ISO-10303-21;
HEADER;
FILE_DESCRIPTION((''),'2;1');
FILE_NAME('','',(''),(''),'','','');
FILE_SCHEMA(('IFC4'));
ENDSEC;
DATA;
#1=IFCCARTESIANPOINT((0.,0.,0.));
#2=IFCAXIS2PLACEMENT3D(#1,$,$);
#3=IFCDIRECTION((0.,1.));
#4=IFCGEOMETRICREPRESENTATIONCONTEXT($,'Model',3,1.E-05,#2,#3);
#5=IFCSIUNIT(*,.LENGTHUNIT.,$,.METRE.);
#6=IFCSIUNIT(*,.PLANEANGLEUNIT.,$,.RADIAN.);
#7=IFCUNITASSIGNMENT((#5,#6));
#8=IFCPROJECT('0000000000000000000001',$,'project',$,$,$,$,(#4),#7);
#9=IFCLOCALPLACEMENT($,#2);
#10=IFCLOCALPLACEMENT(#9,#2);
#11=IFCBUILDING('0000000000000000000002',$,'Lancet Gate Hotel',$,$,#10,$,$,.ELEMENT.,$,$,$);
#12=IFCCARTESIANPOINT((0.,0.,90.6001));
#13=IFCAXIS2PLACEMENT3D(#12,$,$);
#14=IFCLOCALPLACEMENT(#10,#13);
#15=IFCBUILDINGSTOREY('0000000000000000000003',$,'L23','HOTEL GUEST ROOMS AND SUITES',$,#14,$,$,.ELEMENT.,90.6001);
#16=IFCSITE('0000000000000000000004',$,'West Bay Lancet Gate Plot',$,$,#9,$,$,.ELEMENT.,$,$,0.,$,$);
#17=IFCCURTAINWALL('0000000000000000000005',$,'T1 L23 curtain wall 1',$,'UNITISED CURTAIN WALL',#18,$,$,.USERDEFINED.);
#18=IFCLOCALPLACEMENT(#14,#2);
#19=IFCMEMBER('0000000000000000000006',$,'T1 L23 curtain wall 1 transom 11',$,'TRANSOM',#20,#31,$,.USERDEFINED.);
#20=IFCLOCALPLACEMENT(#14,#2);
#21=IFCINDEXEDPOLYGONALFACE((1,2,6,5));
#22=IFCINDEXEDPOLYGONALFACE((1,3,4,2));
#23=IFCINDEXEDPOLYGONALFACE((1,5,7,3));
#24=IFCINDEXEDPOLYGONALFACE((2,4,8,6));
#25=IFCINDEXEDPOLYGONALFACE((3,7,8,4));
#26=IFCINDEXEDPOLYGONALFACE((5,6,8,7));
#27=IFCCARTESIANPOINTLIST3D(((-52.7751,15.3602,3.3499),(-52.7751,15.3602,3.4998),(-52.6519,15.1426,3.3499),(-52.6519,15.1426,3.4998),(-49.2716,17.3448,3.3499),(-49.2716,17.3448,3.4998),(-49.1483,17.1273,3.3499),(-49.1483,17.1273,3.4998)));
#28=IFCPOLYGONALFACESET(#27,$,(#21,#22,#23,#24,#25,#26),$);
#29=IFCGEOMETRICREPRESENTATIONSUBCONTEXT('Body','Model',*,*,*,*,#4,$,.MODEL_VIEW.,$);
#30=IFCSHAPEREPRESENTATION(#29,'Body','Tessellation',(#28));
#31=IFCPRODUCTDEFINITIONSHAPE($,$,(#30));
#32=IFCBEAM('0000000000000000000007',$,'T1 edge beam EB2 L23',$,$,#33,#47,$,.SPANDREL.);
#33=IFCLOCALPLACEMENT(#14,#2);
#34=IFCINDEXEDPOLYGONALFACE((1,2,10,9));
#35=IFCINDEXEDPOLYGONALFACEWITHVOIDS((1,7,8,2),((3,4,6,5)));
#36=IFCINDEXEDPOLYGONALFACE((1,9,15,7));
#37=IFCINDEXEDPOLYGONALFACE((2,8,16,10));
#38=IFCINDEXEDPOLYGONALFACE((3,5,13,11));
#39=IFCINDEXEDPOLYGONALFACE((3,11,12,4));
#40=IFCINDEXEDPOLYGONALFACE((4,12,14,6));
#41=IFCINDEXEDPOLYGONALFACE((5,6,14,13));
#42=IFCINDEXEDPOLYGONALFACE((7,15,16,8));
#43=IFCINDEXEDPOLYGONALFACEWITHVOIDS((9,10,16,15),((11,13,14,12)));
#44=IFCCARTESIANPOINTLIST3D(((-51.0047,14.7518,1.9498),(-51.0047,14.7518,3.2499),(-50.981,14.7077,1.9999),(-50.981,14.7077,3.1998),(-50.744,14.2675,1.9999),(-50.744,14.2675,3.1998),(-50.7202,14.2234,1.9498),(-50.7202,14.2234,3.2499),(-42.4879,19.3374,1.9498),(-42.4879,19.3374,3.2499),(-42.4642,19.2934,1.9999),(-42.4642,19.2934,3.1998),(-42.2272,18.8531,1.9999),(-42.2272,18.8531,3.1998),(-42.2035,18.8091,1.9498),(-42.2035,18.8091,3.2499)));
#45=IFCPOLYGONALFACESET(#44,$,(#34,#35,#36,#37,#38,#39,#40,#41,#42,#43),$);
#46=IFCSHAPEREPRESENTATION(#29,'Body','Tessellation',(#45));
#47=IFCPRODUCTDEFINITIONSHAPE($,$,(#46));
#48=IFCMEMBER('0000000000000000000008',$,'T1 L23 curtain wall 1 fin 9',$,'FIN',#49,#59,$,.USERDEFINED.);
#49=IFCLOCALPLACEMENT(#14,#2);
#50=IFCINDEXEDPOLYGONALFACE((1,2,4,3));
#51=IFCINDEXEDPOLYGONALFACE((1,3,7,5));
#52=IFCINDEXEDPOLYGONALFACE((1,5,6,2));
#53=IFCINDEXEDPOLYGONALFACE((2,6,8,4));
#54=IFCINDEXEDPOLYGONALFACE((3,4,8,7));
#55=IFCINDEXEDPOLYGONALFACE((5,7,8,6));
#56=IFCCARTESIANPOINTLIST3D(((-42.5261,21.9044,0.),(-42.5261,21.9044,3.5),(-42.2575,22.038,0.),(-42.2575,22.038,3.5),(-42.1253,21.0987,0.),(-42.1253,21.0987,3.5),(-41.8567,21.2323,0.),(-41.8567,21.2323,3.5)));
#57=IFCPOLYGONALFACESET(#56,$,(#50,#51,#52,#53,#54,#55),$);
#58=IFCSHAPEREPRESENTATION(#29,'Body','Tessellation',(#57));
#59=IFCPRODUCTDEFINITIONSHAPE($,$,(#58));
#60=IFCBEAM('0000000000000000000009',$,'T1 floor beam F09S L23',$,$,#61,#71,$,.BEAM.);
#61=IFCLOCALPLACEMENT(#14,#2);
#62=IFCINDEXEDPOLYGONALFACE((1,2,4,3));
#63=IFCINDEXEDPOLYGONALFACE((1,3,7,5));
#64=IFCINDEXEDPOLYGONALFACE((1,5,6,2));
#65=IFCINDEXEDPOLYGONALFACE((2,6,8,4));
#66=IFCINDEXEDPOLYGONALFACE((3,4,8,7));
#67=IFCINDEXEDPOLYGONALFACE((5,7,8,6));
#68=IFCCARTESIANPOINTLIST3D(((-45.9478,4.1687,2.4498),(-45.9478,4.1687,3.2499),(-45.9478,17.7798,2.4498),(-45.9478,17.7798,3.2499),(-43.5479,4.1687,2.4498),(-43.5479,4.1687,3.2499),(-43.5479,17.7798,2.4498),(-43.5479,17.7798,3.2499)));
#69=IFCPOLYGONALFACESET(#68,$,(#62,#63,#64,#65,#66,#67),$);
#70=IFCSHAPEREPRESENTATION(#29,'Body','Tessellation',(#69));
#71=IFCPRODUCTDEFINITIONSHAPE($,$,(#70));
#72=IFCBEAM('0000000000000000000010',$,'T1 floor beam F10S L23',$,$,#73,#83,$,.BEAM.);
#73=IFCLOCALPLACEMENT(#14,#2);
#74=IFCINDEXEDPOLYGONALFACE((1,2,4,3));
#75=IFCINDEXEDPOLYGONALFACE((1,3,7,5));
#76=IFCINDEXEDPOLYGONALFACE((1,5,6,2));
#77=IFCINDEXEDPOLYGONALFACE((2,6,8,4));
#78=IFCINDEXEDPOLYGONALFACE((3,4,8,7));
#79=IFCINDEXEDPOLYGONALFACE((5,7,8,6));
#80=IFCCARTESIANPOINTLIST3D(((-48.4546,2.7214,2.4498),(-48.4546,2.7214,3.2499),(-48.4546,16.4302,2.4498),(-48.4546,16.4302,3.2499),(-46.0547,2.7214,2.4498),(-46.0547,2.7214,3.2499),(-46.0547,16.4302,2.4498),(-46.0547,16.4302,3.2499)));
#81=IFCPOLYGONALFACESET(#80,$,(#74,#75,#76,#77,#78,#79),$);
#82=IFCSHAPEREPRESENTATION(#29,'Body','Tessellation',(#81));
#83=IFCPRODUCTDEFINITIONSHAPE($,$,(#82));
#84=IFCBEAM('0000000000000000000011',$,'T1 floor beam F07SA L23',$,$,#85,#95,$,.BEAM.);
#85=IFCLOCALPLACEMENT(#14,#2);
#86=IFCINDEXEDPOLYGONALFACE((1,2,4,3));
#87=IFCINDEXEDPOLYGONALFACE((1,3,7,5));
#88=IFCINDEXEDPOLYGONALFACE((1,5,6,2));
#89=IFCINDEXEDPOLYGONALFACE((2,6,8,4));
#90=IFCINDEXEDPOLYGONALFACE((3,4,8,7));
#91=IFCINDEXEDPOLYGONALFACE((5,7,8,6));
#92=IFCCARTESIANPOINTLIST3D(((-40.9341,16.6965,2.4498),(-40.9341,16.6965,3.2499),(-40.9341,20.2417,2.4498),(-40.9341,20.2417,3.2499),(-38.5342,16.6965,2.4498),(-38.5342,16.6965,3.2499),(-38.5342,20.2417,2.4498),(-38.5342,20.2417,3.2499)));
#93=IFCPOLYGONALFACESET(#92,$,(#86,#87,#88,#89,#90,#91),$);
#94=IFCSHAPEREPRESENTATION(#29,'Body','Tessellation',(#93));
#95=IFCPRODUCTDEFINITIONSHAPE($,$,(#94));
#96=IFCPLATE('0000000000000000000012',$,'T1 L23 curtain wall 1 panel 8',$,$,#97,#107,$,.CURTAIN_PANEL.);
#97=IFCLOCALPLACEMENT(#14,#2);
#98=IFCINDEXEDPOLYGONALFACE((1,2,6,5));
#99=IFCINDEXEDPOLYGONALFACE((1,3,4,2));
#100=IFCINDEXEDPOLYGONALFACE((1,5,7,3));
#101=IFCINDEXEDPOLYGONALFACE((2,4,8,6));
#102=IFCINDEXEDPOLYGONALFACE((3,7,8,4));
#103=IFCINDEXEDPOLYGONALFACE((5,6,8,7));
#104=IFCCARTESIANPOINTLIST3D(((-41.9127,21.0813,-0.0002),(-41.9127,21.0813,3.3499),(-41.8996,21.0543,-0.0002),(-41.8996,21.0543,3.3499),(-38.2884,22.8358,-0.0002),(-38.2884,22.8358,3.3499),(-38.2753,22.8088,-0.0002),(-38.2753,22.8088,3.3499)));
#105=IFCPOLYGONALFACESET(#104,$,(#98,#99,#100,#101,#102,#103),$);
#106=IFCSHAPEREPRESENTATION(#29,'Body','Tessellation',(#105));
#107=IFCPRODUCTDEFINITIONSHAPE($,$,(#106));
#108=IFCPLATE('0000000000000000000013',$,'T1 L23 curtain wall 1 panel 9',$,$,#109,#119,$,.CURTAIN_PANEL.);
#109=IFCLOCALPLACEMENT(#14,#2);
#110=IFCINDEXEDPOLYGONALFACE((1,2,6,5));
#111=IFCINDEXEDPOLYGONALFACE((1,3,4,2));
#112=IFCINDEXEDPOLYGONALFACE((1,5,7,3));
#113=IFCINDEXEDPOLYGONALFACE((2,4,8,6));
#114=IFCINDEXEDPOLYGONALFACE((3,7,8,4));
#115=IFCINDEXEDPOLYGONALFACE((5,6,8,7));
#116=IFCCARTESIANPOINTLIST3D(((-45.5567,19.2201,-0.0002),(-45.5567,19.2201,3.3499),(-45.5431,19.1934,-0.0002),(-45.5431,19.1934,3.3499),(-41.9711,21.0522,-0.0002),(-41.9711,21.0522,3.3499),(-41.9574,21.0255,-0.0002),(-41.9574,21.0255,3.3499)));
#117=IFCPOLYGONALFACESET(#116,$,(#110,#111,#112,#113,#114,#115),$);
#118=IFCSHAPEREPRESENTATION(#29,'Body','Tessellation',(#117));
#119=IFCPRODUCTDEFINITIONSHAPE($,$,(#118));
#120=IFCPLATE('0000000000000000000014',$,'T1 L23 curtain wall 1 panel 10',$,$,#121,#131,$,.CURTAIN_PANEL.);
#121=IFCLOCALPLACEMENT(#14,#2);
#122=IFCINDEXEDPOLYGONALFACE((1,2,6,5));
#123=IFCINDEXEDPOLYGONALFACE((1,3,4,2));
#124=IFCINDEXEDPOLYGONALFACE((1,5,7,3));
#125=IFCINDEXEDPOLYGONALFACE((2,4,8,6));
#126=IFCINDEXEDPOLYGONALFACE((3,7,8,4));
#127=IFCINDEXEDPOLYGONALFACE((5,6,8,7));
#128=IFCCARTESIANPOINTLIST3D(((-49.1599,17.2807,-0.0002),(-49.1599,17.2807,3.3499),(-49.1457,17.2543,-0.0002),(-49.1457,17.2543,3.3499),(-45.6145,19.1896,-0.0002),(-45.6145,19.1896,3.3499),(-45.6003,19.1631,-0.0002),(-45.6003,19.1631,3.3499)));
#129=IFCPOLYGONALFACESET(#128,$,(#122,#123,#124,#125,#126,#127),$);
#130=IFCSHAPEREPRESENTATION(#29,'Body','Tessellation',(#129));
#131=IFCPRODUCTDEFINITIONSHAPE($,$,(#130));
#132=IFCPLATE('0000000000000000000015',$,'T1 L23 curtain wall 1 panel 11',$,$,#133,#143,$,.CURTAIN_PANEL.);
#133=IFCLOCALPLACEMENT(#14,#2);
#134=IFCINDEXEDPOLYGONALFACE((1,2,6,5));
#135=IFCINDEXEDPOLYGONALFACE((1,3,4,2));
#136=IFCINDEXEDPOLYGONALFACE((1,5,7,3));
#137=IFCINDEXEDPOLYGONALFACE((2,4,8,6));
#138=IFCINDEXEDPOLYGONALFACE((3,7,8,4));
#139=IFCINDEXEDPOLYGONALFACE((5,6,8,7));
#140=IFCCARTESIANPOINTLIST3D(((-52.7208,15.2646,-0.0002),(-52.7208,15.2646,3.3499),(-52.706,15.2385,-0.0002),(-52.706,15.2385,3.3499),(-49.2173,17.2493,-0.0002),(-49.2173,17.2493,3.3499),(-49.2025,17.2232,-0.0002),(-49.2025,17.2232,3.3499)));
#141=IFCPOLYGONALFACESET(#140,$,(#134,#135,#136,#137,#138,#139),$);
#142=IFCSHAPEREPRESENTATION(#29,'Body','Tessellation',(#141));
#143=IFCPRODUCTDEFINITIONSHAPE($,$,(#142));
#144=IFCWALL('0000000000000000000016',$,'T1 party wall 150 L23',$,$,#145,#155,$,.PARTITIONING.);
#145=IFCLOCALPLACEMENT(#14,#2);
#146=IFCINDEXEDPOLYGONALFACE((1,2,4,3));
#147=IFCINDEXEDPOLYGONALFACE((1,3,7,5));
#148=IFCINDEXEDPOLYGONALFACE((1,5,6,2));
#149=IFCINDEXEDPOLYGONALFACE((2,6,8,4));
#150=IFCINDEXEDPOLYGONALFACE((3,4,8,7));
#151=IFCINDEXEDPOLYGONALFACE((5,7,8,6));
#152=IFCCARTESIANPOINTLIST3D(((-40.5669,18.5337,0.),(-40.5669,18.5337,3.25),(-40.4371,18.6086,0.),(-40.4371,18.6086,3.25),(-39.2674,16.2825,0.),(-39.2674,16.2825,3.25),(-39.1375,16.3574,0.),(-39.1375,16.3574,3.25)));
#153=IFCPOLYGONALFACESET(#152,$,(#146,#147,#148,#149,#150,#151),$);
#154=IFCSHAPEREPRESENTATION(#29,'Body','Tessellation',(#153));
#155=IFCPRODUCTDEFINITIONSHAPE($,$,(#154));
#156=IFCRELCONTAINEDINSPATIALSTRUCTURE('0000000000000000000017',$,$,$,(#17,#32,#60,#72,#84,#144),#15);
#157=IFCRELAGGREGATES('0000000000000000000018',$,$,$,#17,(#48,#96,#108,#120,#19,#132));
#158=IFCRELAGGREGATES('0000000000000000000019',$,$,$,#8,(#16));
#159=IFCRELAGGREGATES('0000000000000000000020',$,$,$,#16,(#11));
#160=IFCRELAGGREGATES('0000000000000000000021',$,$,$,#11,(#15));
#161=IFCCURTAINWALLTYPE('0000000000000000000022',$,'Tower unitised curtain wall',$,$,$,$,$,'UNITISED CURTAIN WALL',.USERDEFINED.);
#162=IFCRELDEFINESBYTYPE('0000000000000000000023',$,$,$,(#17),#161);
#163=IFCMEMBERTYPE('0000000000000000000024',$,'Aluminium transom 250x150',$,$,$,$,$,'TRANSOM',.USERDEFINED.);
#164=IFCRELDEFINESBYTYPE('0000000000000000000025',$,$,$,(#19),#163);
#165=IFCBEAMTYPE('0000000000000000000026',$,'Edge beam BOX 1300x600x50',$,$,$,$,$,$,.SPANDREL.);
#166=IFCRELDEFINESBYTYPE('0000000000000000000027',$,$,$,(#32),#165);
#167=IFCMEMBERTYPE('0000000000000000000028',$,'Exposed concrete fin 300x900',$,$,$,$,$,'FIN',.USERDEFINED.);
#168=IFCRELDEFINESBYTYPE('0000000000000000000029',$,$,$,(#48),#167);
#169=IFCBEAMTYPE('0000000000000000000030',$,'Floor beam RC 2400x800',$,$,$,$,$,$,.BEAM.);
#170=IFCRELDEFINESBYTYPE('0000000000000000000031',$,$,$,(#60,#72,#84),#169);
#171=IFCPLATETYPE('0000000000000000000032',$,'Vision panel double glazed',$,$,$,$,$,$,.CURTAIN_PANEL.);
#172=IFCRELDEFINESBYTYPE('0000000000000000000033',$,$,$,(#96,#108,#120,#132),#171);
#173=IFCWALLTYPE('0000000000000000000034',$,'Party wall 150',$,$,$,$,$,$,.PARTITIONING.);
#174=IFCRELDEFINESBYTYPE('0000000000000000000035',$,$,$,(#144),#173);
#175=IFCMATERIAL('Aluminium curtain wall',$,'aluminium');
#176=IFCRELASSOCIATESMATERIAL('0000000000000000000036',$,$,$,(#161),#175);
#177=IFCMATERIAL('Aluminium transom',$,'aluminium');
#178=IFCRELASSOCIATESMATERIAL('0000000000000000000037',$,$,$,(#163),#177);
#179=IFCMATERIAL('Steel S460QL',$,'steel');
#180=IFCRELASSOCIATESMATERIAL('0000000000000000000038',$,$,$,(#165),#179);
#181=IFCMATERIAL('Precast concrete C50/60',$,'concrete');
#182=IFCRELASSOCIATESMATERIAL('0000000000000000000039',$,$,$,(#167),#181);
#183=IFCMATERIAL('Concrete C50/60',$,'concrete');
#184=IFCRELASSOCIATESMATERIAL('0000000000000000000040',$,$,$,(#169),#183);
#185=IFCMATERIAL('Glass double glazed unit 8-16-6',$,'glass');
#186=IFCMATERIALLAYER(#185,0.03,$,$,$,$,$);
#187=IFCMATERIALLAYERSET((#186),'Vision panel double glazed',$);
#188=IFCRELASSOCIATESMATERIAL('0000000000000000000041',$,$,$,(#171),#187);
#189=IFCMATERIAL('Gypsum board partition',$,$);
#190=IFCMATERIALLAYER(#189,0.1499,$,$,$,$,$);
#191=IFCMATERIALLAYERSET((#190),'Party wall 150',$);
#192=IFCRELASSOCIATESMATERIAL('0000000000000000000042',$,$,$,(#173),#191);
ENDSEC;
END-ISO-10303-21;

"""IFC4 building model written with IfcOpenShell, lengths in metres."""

from ifc_helpers import new_model, si_unit, direction, frame, frame_2d, origin, origin_2d, place, context, subcontext, project, spatial, rectangle, hollow_rectangle, extrude, material, layer, layer_set, material_profile, profile_set, type_object, element, aggregate, save


model = new_model("IFC4")

# Units and contexts
model_context = context("Model", 3, precision=1e-05, world=origin(), true_north=direction((0.0, 1.0)))
body_context = subcontext(model_context, "Body", "Model", "MODEL_VIEW")
ifc_project = project(units=[si_unit("LENGTHUNIT", "METRE"), si_unit("PLANEANGLEUNIT", "RADIAN")], contexts=[model_context])

# Site, building, storey
site_placement = place(None, origin())
site = spatial("IfcSite", under=ifc_project, at=site_placement, Name="West Bay Lancet Gate Plot", CompositionType="ELEMENT", RefElevation=0.0)
building_placement = place(site_placement, origin())
building = spatial("IfcBuilding", under=site, at=building_placement, Name="Lancet Gate Hotel", CompositionType="ELEMENT")
storey_placement = place(building_placement, frame((0.0, 0.0, 90.6001)))
storey = spatial("IfcBuildingStorey", under=building, at=storey_placement, Name="L23", Description="HOTEL GUEST ROOMS AND SUITES", CompositionType="ELEMENT", Elevation=90.6001)

# Curtain wall, member
ifc_material_1 = material(Name="Aluminium curtain wall", Category="aluminium")
curtain_wall_type = type_object("IfcCurtainWallType", Name="Tower unitised curtain wall", ElementType="UNITISED CURTAIN WALL", PredefinedType="USERDEFINED", material=ifc_material_1)
curtain_wall_placement = place(storey_placement, origin())
curtain_wall = element("IfcCurtainWall", 1, at=curtain_wall_placement, inside=storey, type_object=curtain_wall_type, Name="T1 L23 curtain wall 1", ObjectType="UNITISED CURTAIN WALL", PredefinedType="USERDEFINED")
ifc_material_2 = material(Name="Aluminium transom", Category="aluminium")
ifc_material_profile_1 = material_profile(ifc_material_2, rectangle(XDim=0.25, YDim=0.1499, at=origin_2d()), Name="TRANSOM 250x150")
ifc_profile_set_1 = profile_set([ifc_material_profile_1], Name="Aluminium transom")
member_type_1 = type_object("IfcMemberType", Name="Aluminium transom 250x150", ElementType="TRANSOM", PredefinedType="USERDEFINED", material=ifc_profile_set_1)
member_1_placement = place(storey_placement, frame((-49.21, 17.2361, 3.4248), z_axis=(-0.870092, -0.49289, 0.0), x_axis=(0.49289, -0.870092, 0.0)))
member_1 = element("IfcMember", 2, at=member_1_placement, type_object=member_type_1, Name="T1 L23 curtain wall 1 transom 11", ObjectType="TRANSOM", PredefinedType="USERDEFINED", context=body_context, shape_type="SweptSolid", body=[
    extrude(rectangle(XDim=0.25, YDim=0.1499, at=origin_2d()), origin(), (0.0, 0.0, 1.0), 4.0266),
])

# Beam
ifc_material_3 = material(Name="Steel S460QL", Category="steel")
ifc_material_profile_2 = material_profile(ifc_material_3, hollow_rectangle(XDim=0.6001, YDim=1.3, WallThickness=0.05, at=origin_2d()), Name="BOX 1300x600x50")
ifc_profile_set_2 = profile_set([ifc_material_profile_2], Name="Steel S460QL")
beam_type_1 = type_object("IfcBeamType", Name="Edge beam BOX 1300x600x50", PredefinedType="SPANDREL", material=ifc_profile_set_2)
beam_1_placement = place(storey_placement, frame((-42.3457, 19.0732, 2.5999), z_axis=(-0.880484, -0.474076, 0.0), x_axis=(0.474076, -0.880484, 0.0)))
element("IfcBeam", 3, at=beam_1_placement, inside=storey, type_object=beam_type_1, Name="T1 edge beam EB2 L23", PredefinedType="SPANDREL", context=body_context, shape_type="SweptSolid", body=[
    extrude(hollow_rectangle(XDim=0.6001, YDim=1.3, WallThickness=0.05, at=origin_2d()), origin(), (0.0, 0.0, 1.0), 9.6729),
])

# Member
ifc_material_4 = material(Name="Precast concrete C50/60", Category="concrete")
ifc_material_profile_3 = material_profile(ifc_material_4, rectangle(XDim=0.3, YDim=0.8999, at=origin_2d()), Name="FIN 300x900")
ifc_profile_set_3 = profile_set([ifc_material_profile_3], Name="Precast concrete C50/60")
member_type_2 = type_object("IfcMemberType", Name="Exposed concrete fin 300x900", ElementType="FIN", PredefinedType="USERDEFINED", material=ifc_profile_set_3)
member_2_placement = place(storey_placement, frame((-42.1914, 21.5684, 0.0), z_axis=(0.0, 0.0, 1.0), x_axis=(-0.895339, -0.445384, 0.0)))
member_2 = element("IfcMember", 4, at=member_2_placement, type_object=member_type_2, Name="T1 L23 curtain wall 1 fin 9", ObjectType="FIN", PredefinedType="USERDEFINED", context=body_context, shape_type="SweptSolid", body=[
    extrude(rectangle(XDim=0.3, YDim=0.8999, at=origin_2d()), origin(), (0.0, 0.0, 1.0), 3.5),
])

# Beams
ifc_material_5 = material(Name="Concrete C50/60", Category="concrete")
ifc_material_profile_4 = material_profile(ifc_material_5, rectangle(XDim=2.3999, YDim=0.8, at=origin_2d()), Name="RC 2400x800")
ifc_profile_set_4 = profile_set([ifc_material_profile_4], Name="Concrete C50/60")
beam_type_2 = type_object("IfcBeamType", Name="Floor beam RC 2400x800", PredefinedType="BEAM", material=ifc_profile_set_4)
beam_2_placement = place(storey_placement, frame((-44.7478, 17.7798, 2.8499), z_axis=(0.0, -1.0, 0.0), x_axis=(1.0, 0.0, 0.0)))
element("IfcBeam", 5, at=beam_2_placement, inside=storey, type_object=beam_type_2, Name="T1 floor beam F09S L23", PredefinedType="BEAM", context=body_context, shape_type="SweptSolid", body=[
    extrude(rectangle(XDim=2.3999, YDim=0.8, at=origin_2d()), origin(), (0.0, 0.0, 1.0), 13.6111),
])
beam_3_placement = place(storey_placement, frame((-47.2546, 16.4302, 2.8499), z_axis=(0.0, -1.0, 0.0), x_axis=(1.0, 0.0, 0.0)))
element("IfcBeam", 6, at=beam_3_placement, inside=storey, type_object=beam_type_2, Name="T1 floor beam F10S L23", PredefinedType="BEAM", context=body_context, shape_type="SweptSolid", body=[
    extrude(rectangle(XDim=2.3999, YDim=0.8, at=origin_2d()), origin(), (0.0, 0.0, 1.0), 13.7087),
])
beam_4_placement = place(storey_placement, frame((-39.7341, 20.2417, 2.8499), z_axis=(0.0, -1.0, 0.0), x_axis=(1.0, 0.0, 0.0)))
element("IfcBeam", 7, at=beam_4_placement, inside=storey, type_object=beam_type_2, Name="T1 floor beam F07SA L23", PredefinedType="BEAM", context=body_context, shape_type="SweptSolid", body=[
    extrude(rectangle(XDim=2.3999, YDim=0.8, at=origin_2d()), origin(), (0.0, 0.0, 1.0), 3.5452),
])

# Plates
ifc_material_6 = material(Name="Glass double glazed unit 8-16-6", Category="glass")
ifc_layer_1 = layer(ifc_material_6, 0.03)
ifc_layer_set_1 = layer_set([ifc_layer_1], Name="Vision panel double glazed")
plate_type = type_object("IfcPlateType", Name="Vision panel double glazed", PredefinedType="CURTAIN_PANEL", material=ifc_layer_set_1)
plate_1_placement = place(storey_placement, frame((-40.094, 21.9451, -0.0002), z_axis=(0.0, 0.0, 1.0), x_axis=(-0.900082, -0.435721, 0.0)))
plate_1 = element("IfcPlate", 8, at=plate_1_placement, type_object=plate_type, Name="T1 L23 curtain wall 1 panel 8", PredefinedType="CURTAIN_PANEL", context=body_context, shape_type="SweptSolid", body=[
    extrude(rectangle(XDim=4.0266, YDim=0.03, at=origin_2d()), origin(), (0.0, 0.0, 1.0), 3.3501),
])
plate_2_placement = place(storey_placement, frame((-43.7571, 20.1228, -0.0002), z_axis=(0.0, 0.0, 1.0), x_axis=(-0.890493, -0.454996, 0.0)))
plate_2 = element("IfcPlate", 9, at=plate_2_placement, type_object=plate_type, Name="T1 L23 curtain wall 1 panel 9", PredefinedType="CURTAIN_PANEL", context=body_context, shape_type="SweptSolid", body=[
    extrude(rectangle(XDim=4.0266, YDim=0.03, at=origin_2d()), origin(), (0.0, 0.0, 1.0), 3.3501),
])
plate_3_placement = place(storey_placement, frame((-47.3801, 18.2219, -0.0002), z_axis=(0.0, 0.0, 1.0), x_axis=(-0.880493, -0.47406, 0.0)))
plate_3 = element("IfcPlate", 10, at=plate_3_placement, type_object=plate_type, Name="T1 L23 curtain wall 1 panel 10", PredefinedType="CURTAIN_PANEL", context=body_context, shape_type="SweptSolid", body=[
    extrude(rectangle(XDim=4.0266, YDim=0.03, at=origin_2d()), origin(), (0.0, 0.0, 1.0), 3.3501),
])
plate_4_placement = place(storey_placement, frame((-50.9617, 16.2439, -0.0002), z_axis=(0.0, 0.0, 1.0), x_axis=(-0.870084, -0.492904, 0.0)))
plate_4 = element("IfcPlate", 11, at=plate_4_placement, type_object=plate_type, Name="T1 L23 curtain wall 1 panel 11", PredefinedType="CURTAIN_PANEL", context=body_context, shape_type="SweptSolid", body=[
    extrude(rectangle(XDim=4.0266, YDim=0.03, at=origin_2d()), origin(), (0.0, 0.0, 1.0), 3.3501),
])
aggregate(curtain_wall, [member_2, plate_1, plate_2, plate_3, member_1, plate_4])

# Wall
ifc_material_7 = material(Name="Gypsum board partition")
ifc_layer_2 = layer(ifc_material_7, 0.1499)
ifc_layer_set_2 = layer_set([ifc_layer_2], Name="Party wall 150")
wall_type = type_object("IfcWallType", Name="Party wall 150", PredefinedType="PARTITIONING", material=ifc_layer_set_2)
wall_placement = place(storey_placement, frame((-39.2024, 16.3198, 0.0), z_axis=(0.0, 0.0, 1.0), x_axis=(-0.499947, 0.866056, 0.0)))
element("IfcWall", 12, at=wall_placement, inside=storey, type_object=wall_type, Name="T1 party wall 150 L23", PredefinedType="PARTITIONING", context=body_context, shape_type="SweptSolid", body=[
    extrude(rectangle(XDim=2.5994, YDim=0.1499, at=frame_2d((1.2998, 0.0))), origin(), (0.0, 0.0, 1.0), 3.25),
])

save(model, "model.ifc")
